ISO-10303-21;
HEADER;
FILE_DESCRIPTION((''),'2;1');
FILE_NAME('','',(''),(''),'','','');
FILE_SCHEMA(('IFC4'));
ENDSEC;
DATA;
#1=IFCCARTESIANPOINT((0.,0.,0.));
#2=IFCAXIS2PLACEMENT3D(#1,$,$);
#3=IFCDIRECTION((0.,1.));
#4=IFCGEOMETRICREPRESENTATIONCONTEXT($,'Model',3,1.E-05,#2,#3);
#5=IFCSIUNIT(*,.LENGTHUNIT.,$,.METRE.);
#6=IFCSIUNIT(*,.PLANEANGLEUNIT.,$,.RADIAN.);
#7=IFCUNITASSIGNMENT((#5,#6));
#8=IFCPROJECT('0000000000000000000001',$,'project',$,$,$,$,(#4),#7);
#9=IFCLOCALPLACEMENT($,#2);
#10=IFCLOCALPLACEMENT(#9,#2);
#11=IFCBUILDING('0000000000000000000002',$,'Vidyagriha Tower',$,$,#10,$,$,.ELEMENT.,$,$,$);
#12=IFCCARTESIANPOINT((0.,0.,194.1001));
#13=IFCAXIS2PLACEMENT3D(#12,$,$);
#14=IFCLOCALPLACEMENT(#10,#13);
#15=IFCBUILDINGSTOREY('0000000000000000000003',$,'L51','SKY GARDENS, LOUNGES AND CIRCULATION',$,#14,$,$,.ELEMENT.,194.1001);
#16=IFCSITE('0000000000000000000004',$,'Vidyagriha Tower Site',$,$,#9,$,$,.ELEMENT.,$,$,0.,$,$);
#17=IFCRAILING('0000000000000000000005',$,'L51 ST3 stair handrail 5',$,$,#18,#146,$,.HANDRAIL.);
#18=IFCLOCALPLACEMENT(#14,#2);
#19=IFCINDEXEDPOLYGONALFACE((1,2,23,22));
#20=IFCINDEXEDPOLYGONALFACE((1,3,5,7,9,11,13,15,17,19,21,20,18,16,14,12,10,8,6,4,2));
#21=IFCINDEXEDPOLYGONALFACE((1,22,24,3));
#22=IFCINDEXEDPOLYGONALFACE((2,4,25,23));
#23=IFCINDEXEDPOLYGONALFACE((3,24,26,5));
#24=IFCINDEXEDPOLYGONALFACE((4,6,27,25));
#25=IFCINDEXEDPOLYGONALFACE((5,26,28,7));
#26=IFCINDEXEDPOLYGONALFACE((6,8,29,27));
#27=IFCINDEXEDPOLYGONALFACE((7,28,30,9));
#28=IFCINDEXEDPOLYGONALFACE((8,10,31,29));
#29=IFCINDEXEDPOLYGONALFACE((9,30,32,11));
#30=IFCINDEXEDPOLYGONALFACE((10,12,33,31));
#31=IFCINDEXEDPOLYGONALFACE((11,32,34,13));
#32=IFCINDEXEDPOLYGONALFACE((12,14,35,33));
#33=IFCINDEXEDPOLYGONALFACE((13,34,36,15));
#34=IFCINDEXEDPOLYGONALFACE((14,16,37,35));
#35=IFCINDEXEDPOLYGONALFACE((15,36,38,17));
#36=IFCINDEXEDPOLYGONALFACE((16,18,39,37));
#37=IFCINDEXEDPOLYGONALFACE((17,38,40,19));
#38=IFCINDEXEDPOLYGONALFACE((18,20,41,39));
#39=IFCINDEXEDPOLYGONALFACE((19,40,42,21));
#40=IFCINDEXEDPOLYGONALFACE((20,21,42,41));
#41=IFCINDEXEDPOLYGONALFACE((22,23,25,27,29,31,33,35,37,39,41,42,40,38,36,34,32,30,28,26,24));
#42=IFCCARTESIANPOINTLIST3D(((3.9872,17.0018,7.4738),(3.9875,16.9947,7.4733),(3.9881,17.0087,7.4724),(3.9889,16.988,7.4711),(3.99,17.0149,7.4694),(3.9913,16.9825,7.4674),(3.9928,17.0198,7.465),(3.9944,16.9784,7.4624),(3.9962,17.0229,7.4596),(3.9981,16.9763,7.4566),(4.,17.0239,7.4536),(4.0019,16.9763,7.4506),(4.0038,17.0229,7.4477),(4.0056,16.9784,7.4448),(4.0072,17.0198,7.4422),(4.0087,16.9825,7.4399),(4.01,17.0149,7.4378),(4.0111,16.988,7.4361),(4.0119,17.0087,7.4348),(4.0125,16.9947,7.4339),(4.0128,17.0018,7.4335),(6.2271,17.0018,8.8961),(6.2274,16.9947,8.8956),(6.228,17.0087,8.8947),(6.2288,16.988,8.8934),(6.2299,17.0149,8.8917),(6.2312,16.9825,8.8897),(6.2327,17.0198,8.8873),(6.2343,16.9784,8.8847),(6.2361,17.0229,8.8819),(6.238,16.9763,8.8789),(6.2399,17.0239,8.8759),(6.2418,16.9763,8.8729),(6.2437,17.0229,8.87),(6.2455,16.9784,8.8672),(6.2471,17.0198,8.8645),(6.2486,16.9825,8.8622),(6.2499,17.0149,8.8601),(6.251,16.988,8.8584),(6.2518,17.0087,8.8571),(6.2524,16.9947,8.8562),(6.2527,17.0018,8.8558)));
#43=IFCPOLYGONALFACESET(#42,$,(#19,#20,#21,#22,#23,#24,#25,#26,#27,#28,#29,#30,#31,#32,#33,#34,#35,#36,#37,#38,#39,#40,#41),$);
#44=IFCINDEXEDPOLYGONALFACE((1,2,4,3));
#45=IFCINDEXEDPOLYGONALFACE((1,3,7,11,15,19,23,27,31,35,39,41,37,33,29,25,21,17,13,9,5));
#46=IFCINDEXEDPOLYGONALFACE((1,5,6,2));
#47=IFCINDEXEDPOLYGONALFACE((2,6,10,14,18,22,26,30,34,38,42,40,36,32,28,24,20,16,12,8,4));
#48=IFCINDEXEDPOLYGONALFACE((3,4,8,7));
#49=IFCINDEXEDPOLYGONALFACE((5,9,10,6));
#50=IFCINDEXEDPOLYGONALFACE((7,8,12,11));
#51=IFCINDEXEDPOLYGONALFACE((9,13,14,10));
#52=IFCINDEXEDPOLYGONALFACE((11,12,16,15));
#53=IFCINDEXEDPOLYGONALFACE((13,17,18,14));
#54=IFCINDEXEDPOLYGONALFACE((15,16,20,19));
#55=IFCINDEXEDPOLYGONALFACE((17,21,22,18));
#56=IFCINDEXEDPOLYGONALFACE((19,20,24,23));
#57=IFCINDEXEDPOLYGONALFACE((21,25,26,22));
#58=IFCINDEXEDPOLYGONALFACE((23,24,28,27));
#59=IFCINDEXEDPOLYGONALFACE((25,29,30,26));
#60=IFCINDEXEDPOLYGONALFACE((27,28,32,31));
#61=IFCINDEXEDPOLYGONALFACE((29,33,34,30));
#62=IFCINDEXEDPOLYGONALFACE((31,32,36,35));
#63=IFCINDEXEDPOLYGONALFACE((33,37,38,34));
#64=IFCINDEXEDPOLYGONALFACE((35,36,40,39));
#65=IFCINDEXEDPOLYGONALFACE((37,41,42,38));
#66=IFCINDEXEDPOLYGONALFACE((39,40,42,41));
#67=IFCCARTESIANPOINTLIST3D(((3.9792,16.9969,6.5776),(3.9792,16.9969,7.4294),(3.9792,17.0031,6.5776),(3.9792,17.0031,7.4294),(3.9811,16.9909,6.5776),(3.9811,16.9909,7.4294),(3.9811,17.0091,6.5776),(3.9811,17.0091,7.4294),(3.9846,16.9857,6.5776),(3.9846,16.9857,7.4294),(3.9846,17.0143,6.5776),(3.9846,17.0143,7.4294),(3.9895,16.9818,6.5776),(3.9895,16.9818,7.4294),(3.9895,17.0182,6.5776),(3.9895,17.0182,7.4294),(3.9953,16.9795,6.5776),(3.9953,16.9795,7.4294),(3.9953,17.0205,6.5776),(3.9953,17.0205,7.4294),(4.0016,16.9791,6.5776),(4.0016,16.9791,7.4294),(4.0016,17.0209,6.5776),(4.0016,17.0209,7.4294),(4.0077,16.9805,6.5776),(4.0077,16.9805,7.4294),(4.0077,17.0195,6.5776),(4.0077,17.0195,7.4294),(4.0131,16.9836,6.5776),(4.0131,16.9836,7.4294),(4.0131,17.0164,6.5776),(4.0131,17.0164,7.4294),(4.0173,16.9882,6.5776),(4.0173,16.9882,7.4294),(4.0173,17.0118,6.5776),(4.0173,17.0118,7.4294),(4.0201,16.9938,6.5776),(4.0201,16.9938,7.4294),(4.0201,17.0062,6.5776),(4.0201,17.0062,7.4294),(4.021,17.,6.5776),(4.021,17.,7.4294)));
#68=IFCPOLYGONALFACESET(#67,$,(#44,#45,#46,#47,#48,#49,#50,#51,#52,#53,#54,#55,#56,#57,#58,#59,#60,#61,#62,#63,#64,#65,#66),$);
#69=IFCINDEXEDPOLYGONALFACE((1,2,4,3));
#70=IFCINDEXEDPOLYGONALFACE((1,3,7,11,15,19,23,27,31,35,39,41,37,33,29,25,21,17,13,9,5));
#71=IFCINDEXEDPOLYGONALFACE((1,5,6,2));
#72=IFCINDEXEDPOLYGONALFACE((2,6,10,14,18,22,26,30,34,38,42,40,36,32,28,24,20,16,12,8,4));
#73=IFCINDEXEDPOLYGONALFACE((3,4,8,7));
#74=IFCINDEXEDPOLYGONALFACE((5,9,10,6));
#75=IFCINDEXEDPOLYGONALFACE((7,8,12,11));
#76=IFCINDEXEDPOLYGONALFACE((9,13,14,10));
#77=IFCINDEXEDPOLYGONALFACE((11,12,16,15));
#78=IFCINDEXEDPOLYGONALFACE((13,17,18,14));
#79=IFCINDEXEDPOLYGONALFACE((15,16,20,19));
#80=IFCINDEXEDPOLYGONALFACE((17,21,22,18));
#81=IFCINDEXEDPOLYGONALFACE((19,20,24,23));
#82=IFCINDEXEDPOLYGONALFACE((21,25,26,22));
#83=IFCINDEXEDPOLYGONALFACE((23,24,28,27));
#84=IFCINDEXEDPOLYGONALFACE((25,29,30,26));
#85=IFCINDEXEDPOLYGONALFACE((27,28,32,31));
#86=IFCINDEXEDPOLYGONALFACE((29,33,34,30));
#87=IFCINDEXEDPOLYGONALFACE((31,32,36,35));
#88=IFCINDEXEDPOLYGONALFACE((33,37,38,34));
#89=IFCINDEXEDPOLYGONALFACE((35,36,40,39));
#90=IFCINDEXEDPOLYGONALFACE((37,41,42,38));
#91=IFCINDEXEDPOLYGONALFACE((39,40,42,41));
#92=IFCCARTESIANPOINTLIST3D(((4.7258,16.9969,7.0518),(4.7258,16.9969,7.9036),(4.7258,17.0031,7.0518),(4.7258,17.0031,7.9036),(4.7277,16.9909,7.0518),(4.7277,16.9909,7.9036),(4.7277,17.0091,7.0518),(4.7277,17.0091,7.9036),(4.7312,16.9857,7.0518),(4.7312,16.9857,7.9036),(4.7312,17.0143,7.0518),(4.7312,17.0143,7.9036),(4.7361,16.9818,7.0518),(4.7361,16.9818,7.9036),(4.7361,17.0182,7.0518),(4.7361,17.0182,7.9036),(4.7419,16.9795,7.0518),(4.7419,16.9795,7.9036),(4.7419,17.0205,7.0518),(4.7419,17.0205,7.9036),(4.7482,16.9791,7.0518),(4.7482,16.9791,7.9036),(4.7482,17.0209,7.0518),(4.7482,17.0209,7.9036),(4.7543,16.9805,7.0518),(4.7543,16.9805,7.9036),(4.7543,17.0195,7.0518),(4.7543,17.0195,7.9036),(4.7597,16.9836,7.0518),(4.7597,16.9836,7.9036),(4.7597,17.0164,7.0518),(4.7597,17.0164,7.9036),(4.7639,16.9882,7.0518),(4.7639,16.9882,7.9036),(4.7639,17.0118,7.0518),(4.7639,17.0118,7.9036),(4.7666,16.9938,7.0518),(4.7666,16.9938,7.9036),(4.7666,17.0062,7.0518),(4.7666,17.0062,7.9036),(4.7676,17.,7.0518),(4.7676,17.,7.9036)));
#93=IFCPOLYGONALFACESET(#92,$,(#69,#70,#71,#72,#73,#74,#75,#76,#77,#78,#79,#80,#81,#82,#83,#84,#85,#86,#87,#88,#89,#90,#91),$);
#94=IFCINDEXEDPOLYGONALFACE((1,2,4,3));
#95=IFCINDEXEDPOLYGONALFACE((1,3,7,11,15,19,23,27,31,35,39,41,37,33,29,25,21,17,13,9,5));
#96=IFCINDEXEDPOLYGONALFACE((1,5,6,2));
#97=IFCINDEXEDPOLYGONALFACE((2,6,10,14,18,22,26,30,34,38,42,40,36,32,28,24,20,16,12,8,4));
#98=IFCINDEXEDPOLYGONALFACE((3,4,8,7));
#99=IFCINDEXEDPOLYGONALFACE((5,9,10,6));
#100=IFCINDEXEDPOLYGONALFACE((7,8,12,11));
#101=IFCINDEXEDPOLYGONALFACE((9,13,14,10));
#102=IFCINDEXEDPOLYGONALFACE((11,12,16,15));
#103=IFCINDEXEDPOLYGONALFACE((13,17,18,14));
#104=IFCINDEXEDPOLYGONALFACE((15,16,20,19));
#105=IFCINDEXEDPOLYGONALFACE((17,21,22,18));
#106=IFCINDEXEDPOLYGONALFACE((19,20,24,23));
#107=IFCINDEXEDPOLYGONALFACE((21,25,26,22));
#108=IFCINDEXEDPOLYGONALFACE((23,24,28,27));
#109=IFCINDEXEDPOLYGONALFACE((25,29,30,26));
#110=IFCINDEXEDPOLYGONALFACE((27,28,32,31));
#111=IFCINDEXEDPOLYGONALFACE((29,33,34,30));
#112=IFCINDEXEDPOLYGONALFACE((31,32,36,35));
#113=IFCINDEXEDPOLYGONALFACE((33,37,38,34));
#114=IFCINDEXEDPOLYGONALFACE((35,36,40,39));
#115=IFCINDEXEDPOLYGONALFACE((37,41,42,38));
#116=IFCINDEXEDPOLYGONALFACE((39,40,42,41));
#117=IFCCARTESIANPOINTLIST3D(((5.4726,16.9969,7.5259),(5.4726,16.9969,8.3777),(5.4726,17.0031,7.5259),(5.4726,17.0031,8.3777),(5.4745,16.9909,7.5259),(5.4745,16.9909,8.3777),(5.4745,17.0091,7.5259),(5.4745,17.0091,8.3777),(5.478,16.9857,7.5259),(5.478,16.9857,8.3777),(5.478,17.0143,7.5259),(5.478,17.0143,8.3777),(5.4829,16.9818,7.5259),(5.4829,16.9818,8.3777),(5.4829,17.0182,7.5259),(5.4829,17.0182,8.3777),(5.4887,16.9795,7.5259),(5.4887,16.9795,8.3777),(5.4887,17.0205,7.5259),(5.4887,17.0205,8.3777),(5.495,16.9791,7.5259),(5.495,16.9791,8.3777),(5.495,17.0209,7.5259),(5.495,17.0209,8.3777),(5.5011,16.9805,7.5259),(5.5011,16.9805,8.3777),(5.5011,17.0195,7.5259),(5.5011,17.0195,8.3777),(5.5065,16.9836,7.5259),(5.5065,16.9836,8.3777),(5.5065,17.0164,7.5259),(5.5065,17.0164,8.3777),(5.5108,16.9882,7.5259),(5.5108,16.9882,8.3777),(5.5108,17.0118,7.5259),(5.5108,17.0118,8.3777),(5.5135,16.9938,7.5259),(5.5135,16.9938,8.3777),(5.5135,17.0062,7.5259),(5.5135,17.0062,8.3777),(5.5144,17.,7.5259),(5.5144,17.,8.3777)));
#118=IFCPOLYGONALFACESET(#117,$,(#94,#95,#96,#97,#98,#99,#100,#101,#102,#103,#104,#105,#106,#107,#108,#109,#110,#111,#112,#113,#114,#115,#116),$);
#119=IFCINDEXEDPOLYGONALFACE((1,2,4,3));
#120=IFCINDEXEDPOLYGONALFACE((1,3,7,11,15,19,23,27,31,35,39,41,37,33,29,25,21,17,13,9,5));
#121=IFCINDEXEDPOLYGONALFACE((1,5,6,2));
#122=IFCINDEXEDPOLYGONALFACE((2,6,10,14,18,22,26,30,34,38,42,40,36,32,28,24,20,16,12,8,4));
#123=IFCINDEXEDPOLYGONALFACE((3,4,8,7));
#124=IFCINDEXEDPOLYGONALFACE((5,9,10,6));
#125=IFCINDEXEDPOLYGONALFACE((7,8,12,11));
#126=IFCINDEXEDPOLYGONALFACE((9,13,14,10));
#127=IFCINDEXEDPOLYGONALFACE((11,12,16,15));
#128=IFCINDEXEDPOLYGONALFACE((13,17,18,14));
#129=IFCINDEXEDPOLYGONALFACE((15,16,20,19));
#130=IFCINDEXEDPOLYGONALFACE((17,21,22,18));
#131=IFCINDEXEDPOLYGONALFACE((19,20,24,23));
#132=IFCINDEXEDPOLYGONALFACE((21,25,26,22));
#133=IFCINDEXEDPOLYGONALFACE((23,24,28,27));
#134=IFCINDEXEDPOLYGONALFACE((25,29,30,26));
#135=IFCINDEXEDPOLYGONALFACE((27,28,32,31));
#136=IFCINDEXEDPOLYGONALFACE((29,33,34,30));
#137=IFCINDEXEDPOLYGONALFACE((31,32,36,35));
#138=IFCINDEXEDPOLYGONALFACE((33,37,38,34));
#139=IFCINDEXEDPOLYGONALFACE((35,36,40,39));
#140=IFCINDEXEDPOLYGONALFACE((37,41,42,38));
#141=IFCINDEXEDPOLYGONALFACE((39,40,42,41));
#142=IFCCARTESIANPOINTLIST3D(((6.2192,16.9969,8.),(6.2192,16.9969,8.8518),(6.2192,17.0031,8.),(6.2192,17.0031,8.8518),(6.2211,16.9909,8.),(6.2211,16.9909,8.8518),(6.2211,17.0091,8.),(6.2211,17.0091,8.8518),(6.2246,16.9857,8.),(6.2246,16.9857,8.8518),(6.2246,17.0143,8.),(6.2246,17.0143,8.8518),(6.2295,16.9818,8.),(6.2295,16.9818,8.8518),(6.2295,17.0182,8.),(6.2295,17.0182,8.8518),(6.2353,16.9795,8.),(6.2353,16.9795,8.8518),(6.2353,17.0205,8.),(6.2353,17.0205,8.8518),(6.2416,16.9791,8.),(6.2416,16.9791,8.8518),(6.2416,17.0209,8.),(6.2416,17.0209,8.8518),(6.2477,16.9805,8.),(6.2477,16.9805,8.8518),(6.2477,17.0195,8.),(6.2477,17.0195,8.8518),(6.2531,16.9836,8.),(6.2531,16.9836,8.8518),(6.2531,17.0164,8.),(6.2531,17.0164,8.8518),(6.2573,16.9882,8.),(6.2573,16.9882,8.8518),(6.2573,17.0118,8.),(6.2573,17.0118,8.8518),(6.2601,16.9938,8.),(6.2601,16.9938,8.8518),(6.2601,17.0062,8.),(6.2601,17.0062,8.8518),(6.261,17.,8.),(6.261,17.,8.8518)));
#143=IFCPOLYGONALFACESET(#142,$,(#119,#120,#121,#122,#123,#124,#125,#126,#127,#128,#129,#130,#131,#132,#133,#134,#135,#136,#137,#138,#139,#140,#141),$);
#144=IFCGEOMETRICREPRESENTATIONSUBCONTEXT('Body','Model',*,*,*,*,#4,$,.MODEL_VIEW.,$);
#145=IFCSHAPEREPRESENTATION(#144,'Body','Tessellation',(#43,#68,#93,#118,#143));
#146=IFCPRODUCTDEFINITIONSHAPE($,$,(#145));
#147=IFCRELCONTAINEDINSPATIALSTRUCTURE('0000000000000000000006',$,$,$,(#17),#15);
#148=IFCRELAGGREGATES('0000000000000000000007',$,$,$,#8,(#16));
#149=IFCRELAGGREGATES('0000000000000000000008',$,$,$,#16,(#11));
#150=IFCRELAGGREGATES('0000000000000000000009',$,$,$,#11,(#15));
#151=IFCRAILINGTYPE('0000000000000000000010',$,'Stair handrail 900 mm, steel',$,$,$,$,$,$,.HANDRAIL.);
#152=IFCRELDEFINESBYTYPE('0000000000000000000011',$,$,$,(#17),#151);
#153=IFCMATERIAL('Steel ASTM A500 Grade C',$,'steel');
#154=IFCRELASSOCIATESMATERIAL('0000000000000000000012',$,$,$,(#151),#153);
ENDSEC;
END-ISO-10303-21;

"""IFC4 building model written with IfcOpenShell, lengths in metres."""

from ifc_helpers import new_model, si_unit, direction, frame, origin, origin_2d, place, context, subcontext, project, spatial, circle, extrude, material, type_object, element, save


model = new_model("IFC4")

# Units and contexts
model_context = context("Model", 3, precision=1e-05, world=origin(), true_north=direction((0.0, 1.0)))
body_context = subcontext(model_context, "Body", "Model", "MODEL_VIEW")
ifc_project = project(units=[si_unit("LENGTHUNIT", "METRE"), si_unit("PLANEANGLEUNIT", "RADIAN")], contexts=[model_context])

# Site, building, storey
site_placement = place(None, origin())
site = spatial("IfcSite", under=ifc_project, at=site_placement, Name="Vidyagriha Tower Site", CompositionType="ELEMENT", RefElevation=0.0)
building_placement = place(site_placement, origin())
building = spatial("IfcBuilding", under=site, at=building_placement, Name="Vidyagriha Tower", CompositionType="ELEMENT")
storey_placement = place(building_placement, frame((0.0, 0.0, 194.1001)))
storey = spatial("IfcBuildingStorey", under=building, at=storey_placement, Name="L51", Description="SKY GARDENS, LOUNGES AND CIRCULATION", CompositionType="ELEMENT", Elevation=194.1001)

# Railing
ifc_material_1 = material(Name="Steel ASTM A500 Grade C", Category="steel")
railing_type_1 = type_object("IfcRailingType", Name="Stair handrail 900 mm, steel", PredefinedType="HANDRAIL", material=ifc_material_1)
railing_1_placement = place(storey_placement, frame((4.0, 17.0, 6.5776)))
element("IfcRailing", 1, at=railing_1_placement, inside=storey, type_object=railing_type_1, Name="L51 ST3 stair handrail 5", PredefinedType="HANDRAIL", context=body_context, shape_type="SweptSolid", body=[
    extrude(circle(Radius=0.0239, at=origin_2d()), frame((0.0, 0.0, 0.876), z_axis=(0.844188, 0.0, 0.536048), x_axis=(0.0, 1.0, 0.0)), (0.0, 0.0, 1.0), 2.6533),
    extrude(circle(Radius=0.021, at=origin_2d()), origin(), (0.0, 0.0, 1.0), 0.8518),
    extrude(circle(Radius=0.021, at=origin_2d()), frame((0.7466, 0.0, 0.4741)), (0.0, 0.0, 1.0), 0.8518),
    extrude(circle(Radius=0.021, at=origin_2d()), frame((1.4934, 0.0, 0.9482)), (0.0, 0.0, 1.0), 0.8518),
    extrude(circle(Radius=0.021, at=origin_2d()), frame((2.24, 0.0, 1.4224)), (0.0, 0.0, 1.0), 0.8518),
])

save(model, "model.ifc")
